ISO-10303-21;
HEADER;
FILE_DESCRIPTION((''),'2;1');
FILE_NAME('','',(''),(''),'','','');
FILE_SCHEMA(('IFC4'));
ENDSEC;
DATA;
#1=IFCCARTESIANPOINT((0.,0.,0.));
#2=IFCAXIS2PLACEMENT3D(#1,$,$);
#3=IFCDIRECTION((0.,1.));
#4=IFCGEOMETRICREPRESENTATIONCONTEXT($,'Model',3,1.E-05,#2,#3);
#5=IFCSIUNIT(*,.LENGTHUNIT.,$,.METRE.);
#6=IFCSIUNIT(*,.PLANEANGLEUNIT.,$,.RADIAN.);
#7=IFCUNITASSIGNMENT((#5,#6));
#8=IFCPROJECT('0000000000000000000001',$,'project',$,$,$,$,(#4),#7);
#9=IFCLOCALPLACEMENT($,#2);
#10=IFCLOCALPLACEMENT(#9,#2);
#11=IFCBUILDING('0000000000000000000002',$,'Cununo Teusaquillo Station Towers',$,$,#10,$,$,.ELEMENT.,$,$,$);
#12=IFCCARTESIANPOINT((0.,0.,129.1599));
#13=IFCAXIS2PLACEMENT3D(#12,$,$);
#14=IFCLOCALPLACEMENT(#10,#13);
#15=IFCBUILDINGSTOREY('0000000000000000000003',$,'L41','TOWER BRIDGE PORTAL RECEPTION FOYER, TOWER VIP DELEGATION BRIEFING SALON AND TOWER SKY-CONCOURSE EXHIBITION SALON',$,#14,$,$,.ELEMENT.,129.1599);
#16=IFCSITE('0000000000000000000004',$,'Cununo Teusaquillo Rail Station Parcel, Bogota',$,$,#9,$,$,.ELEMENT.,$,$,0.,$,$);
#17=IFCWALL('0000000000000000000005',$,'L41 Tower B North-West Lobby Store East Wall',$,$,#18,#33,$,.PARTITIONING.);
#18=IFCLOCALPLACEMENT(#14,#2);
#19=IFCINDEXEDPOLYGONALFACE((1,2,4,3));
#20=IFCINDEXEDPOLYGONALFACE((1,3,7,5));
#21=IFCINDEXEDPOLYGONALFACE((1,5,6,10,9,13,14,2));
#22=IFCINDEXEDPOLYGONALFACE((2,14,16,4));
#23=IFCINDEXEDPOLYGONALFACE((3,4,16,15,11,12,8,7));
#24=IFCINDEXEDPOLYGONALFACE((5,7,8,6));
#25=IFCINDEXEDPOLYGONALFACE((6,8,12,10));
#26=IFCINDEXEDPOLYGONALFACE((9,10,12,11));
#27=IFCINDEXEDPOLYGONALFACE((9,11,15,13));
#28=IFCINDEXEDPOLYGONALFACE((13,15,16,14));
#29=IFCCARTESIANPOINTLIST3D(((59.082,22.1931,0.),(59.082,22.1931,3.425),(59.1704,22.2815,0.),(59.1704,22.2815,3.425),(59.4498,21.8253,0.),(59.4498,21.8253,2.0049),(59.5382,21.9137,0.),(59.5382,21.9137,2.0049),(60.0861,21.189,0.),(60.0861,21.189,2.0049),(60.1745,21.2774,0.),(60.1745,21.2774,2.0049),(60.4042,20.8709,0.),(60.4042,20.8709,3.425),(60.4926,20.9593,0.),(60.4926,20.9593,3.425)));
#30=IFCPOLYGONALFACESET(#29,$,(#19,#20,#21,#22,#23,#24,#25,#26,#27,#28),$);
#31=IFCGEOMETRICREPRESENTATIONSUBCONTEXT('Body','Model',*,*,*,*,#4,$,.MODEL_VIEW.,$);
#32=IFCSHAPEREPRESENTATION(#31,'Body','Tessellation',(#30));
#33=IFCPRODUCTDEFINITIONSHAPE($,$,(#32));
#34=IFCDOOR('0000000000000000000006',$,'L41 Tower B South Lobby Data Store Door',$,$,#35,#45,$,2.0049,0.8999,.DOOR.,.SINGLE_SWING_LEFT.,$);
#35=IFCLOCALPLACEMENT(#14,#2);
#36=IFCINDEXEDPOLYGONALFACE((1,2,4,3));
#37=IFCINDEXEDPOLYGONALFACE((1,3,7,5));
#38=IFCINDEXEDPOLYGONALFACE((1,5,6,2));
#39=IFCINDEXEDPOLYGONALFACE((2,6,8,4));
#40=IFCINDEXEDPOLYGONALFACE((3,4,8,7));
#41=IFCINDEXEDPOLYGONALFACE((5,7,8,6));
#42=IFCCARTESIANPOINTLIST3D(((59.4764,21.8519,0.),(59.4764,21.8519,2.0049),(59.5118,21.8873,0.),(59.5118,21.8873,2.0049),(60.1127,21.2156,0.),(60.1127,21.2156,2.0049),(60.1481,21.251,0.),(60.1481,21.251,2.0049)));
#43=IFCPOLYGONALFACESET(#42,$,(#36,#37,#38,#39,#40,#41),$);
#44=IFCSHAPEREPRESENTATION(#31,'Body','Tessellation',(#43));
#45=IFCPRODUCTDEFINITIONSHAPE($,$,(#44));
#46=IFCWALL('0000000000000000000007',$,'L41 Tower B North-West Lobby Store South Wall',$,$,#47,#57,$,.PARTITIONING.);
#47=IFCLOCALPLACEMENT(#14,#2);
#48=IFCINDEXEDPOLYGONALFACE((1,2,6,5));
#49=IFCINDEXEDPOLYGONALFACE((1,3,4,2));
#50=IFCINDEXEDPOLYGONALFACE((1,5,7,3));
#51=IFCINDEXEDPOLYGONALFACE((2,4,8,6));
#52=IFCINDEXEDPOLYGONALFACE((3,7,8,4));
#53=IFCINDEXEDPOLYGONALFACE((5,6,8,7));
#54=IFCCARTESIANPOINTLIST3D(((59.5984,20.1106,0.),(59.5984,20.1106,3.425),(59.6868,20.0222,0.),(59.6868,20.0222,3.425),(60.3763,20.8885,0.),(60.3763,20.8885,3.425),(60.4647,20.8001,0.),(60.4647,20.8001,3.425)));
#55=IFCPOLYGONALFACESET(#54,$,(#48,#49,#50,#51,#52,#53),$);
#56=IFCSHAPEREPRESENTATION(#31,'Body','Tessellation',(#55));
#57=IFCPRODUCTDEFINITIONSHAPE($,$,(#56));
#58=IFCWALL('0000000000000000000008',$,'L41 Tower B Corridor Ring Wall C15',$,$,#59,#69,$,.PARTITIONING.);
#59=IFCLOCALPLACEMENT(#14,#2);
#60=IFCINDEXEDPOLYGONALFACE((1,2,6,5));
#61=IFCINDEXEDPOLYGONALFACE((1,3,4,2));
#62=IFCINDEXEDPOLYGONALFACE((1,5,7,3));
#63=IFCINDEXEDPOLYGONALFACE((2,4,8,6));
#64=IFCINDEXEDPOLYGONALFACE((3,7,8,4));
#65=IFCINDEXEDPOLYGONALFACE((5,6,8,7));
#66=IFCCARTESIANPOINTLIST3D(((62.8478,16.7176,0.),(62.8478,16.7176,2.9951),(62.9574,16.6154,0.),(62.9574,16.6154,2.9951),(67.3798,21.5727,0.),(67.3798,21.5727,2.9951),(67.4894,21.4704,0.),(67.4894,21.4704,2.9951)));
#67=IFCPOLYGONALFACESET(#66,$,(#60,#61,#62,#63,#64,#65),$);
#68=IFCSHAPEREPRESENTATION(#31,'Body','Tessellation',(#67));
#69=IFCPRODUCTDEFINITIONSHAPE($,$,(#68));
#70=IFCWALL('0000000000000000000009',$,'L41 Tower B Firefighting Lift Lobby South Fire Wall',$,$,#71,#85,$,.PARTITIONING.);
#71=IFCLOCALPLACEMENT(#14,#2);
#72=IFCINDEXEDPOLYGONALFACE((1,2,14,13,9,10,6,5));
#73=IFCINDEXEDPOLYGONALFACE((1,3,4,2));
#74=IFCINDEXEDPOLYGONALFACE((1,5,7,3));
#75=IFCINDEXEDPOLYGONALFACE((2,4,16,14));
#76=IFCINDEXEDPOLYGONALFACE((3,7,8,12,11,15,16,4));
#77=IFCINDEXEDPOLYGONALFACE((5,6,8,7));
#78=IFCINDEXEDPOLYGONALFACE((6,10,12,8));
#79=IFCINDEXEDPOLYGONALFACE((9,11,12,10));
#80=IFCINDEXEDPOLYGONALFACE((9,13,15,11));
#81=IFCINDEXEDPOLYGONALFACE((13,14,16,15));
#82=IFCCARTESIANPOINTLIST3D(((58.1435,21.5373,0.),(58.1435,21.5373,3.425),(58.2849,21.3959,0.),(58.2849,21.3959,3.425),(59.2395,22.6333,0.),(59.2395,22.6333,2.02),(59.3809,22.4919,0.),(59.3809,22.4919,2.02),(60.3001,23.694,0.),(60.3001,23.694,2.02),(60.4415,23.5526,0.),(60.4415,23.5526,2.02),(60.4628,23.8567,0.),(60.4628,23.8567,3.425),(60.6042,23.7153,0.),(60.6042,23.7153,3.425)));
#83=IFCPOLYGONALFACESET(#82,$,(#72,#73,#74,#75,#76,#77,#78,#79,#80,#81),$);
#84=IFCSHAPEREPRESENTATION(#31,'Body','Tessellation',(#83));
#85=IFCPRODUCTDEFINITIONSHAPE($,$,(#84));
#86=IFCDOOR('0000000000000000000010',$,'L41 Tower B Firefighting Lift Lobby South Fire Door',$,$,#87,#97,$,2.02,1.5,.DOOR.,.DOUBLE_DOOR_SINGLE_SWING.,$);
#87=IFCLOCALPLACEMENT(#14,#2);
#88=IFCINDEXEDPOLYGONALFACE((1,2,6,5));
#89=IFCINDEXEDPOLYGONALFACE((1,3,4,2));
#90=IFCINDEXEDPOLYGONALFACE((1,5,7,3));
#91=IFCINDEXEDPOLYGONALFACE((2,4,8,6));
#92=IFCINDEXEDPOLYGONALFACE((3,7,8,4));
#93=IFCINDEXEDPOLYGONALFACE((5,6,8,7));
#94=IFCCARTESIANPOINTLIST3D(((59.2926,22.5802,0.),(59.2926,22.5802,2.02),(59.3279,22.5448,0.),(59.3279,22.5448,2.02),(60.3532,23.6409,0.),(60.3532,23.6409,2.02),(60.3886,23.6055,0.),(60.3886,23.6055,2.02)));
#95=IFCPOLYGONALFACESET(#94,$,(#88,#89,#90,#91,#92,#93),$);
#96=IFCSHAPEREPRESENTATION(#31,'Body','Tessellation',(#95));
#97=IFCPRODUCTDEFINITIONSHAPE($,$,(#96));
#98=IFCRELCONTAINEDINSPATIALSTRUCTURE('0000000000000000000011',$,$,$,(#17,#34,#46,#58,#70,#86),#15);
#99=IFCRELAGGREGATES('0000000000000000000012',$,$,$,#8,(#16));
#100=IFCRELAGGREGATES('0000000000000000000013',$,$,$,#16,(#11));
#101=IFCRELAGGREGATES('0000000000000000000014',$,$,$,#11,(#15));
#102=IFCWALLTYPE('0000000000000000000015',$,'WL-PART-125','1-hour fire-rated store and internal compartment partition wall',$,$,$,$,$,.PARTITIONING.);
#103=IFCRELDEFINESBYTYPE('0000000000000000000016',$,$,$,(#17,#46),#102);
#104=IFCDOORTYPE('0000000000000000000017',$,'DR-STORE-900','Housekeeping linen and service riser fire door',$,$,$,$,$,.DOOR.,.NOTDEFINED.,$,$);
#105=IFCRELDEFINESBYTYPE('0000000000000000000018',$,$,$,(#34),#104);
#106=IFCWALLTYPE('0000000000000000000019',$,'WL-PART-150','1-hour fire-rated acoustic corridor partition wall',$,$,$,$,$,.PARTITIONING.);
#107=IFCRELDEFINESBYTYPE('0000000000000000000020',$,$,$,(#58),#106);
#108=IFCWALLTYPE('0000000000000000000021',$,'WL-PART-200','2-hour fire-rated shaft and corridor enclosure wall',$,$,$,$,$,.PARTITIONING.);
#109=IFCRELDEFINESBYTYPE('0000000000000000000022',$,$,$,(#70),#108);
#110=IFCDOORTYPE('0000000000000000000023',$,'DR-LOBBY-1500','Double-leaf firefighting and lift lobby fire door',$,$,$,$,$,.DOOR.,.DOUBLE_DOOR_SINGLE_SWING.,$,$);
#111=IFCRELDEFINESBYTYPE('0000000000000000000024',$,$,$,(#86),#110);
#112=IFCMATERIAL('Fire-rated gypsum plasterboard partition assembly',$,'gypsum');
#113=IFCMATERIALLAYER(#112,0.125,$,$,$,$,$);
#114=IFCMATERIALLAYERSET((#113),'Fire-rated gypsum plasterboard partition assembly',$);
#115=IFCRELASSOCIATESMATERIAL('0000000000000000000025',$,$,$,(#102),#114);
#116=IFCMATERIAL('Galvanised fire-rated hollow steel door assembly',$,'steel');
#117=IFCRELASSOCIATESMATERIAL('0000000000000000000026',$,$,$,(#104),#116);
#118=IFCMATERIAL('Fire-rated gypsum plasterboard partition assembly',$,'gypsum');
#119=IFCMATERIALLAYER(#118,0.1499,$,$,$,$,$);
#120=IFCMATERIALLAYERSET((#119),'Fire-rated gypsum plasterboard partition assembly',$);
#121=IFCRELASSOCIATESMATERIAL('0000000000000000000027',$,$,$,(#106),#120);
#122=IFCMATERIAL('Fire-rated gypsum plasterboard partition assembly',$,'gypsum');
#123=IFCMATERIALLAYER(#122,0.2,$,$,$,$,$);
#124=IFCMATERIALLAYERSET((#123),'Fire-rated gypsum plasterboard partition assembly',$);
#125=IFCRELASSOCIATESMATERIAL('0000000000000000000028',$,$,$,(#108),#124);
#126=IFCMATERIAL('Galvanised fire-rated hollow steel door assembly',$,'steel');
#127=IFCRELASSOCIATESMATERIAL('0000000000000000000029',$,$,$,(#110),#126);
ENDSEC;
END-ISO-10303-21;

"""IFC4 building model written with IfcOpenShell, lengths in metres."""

from ifc_helpers import new_model, si_unit, direction, frame, frame_2d, origin, place, context, subcontext, project, spatial, rectangle, extrude, source, transform, mapped, material, layer, layer_set, type_object, element, fill, save


model = new_model("IFC4")

# Units and contexts
model_context = context("Model", 3, precision=1e-05, world=origin(), true_north=direction((0.0, 1.0)))
body_context = subcontext(model_context, "Body", "Model", "MODEL_VIEW")
ifc_project = project(units=[si_unit("LENGTHUNIT", "METRE"), si_unit("PLANEANGLEUNIT", "RADIAN")], contexts=[model_context])

# Site, building, storey
site_placement = place(None, origin())
site = spatial("IfcSite", under=ifc_project, at=site_placement, Name="Cununo Teusaquillo Rail Station Parcel, Bogota", CompositionType="ELEMENT", RefElevation=0.0)
building_placement = place(site_placement, origin())
building = spatial("IfcBuilding", under=site, at=building_placement, Name="Cununo Teusaquillo Station Towers", CompositionType="ELEMENT")
storey_placement = place(building_placement, frame((0.0, 0.0, 129.1599)))
storey = spatial("IfcBuildingStorey", under=building, at=storey_placement, Name="L41", Description="TOWER BRIDGE PORTAL RECEPTION FOYER, TOWER VIP DELEGATION BRIEFING SALON AND TOWER SKY-CONCOURSE EXHIBITION SALON", CompositionType="ELEMENT", Elevation=129.1599)

# Wall, opening, door
ifc_material_1 = material(Name="Fire-rated gypsum plasterboard partition assembly", Category="gypsum")
ifc_layer_1 = layer(ifc_material_1, 0.125)
ifc_layer_set_1 = layer_set([ifc_layer_1], Name="Fire-rated gypsum plasterboard partition assembly")
wall_type_1 = type_object("IfcWallType", Name="WL-PART-125", Description="1-hour fire-rated store and internal compartment partition wall", PredefinedType="PARTITIONING", material=ifc_layer_set_1)
wall_1_placement = place(storey_placement, frame((60.4485, 20.915, 0.0), z_axis=(0.0, 0.0, 1.0), x_axis=(-0.707107, 0.707107, 0.0)))
wall_1 = element("IfcWall", 1, at=wall_1_placement, inside=storey, type_object=wall_type_1, Name="L41 Tower B North-West Lobby Store East Wall", PredefinedType="PARTITIONING", context=body_context, shape_type="SweptSolid", body=[
    extrude(rectangle(XDim=1.8699, YDim=0.125, at=frame_2d((0.9351, 0.0))), origin(), (0.0, 0.0, 1.0), 3.425),
])
shared_shape_1 = source(origin(), body_context, "Body", "SweptSolid", [
    extrude(rectangle(XDim=0.8999, YDim=2.0049, at=frame_2d((0.45, 1.0024))), frame((0.0, 0.0725, 0.0), z_axis=(0.0, -1.0, 0.0), x_axis=(1.0, 0.0, 0.0)), (0.0, 0.0, 1.0), 0.145),
])
opening_1_placement = place(wall_1_placement, frame((0.45, 0.0, 0.0)))
opening_1 = element("IfcOpeningElement", 2, at=opening_1_placement, cuts=wall_1, PredefinedType="OPENING", context=body_context, shape_type="MappedRepresentation", body=[
    mapped(shared_shape_1, transform((0.0, 0.0, 0.0), x_axis=(1.0, 0.0, 0.0), y_axis=(0.0, 1.0, 0.0), z_axis=(0.0, 0.0, 1.0), scale=1.0)),
])
ifc_material_2 = material(Name="Galvanised fire-rated hollow steel door assembly", Category="steel")
door_type_1 = type_object("IfcDoorType", Name="DR-STORE-900", Description="Housekeeping linen and service riser fire door", OperationType="NOTDEFINED", PredefinedType="DOOR", material=ifc_material_2)
shared_shape_2 = source(origin(), body_context, "Body", "SweptSolid", [
    extrude(rectangle(XDim=0.8999, YDim=2.0049, at=frame_2d((0.45, 1.0024))), frame((0.0, 0.0249, 0.0), z_axis=(0.0, -1.0, 0.0), x_axis=(1.0, 0.0, 0.0)), (0.0, 0.0, 1.0), 0.05),
])
door_1_placement = place(opening_1_placement, origin())
door_1 = element("IfcDoor", 3, at=door_1_placement, inside=storey, type_object=door_type_1, Name="L41 Tower B South Lobby Data Store Door", OperationType="SINGLE_SWING_LEFT", OverallHeight=2.0049, OverallWidth=0.8999, PredefinedType="DOOR", context=body_context, shape_type="MappedRepresentation", body=[
    mapped(shared_shape_2, transform((0.0, 0.0, 0.0), x_axis=(1.0, 0.0, 0.0), y_axis=(0.0, 1.0, 0.0), z_axis=(0.0, 0.0, 1.0), scale=1.0)),
])
fill(opening_1, door_1)

# Walls
wall_2_placement = place(storey_placement, frame((59.6426, 20.0664, 0.0), z_axis=(0.0, 0.0, 1.0), x_axis=(0.707107, 0.707107, 0.0)))
element("IfcWall", 4, at=wall_2_placement, inside=storey, type_object=wall_type_1, Name="L41 Tower B North-West Lobby Store South Wall", PredefinedType="PARTITIONING", context=body_context, shape_type="SweptSolid", body=[
    extrude(rectangle(XDim=1.1001, YDim=0.125, at=frame_2d((0.55, 0.0))), origin(), (0.0, 0.0, 1.0), 3.425),
])
ifc_material_3 = material(Name="Fire-rated gypsum plasterboard partition assembly", Category="gypsum")
ifc_layer_2 = layer(ifc_material_3, 0.1499)
ifc_layer_set_2 = layer_set([ifc_layer_2], Name="Fire-rated gypsum plasterboard partition assembly")
wall_type_2 = type_object("IfcWallType", Name="WL-PART-150", Description="1-hour fire-rated acoustic corridor partition wall", PredefinedType="PARTITIONING", material=ifc_layer_set_2)
wall_3_placement = place(storey_placement, frame((62.9026, 16.6665, 0.0), z_axis=(0.0, 0.0, 1.0), x_axis=(0.682372, 0.731005, 0.0)))
element("IfcWall", 5, at=wall_3_placement, inside=storey, type_object=wall_type_2, Name="L41 Tower B Corridor Ring Wall C15", PredefinedType="PARTITIONING", context=body_context, shape_type="SweptSolid", body=[
    extrude(rectangle(XDim=6.6416, YDim=0.1499, at=frame_2d((3.3208, 0.0))), origin(), (0.0, 0.0, 1.0), 2.9951),
])

# Wall, opening, door
ifc_material_4 = material(Name="Fire-rated gypsum plasterboard partition assembly", Category="gypsum")
ifc_layer_3 = layer(ifc_material_4, 0.2)
ifc_layer_set_3 = layer_set([ifc_layer_3], Name="Fire-rated gypsum plasterboard partition assembly")
wall_type_3 = type_object("IfcWallType", Name="WL-PART-200", Description="2-hour fire-rated shaft and corridor enclosure wall", PredefinedType="PARTITIONING", material=ifc_layer_set_3)
wall_4_placement = place(storey_placement, frame((58.2141, 21.4666, 0.0), z_axis=(0.0, 0.0, 1.0), x_axis=(0.707107, 0.707107, 0.0)))
wall_4 = element("IfcWall", 6, at=wall_4_placement, inside=storey, type_object=wall_type_3, Name="L41 Tower B Firefighting Lift Lobby South Fire Wall", PredefinedType="PARTITIONING", context=body_context, shape_type="SweptSolid", body=[
    extrude(rectangle(XDim=3.28, YDim=0.2, at=frame_2d((1.6401, 0.0))), origin(), (0.0, 0.0, 1.0), 3.425),
])
shared_shape_3 = source(origin(), body_context, "Body", "SweptSolid", [
    extrude(rectangle(XDim=1.5, YDim=2.02, at=frame_2d((0.75, 1.01))), frame((0.0, 0.1099, 0.0), z_axis=(0.0, -1.0, 0.0), x_axis=(1.0, 0.0, 0.0)), (0.0, 0.0, 1.0), 0.22),
])
opening_2_placement = place(wall_4_placement, frame((1.55, 0.0, 0.0)))
opening_2 = element("IfcOpeningElement", 7, at=opening_2_placement, cuts=wall_4, PredefinedType="OPENING", context=body_context, shape_type="MappedRepresentation", body=[
    mapped(shared_shape_3, transform((0.0, 0.0, 0.0), x_axis=(1.0, 0.0, 0.0), y_axis=(0.0, 1.0, 0.0), z_axis=(0.0, 0.0, 1.0), scale=1.0)),
])
ifc_material_5 = material(Name="Galvanised fire-rated hollow steel door assembly", Category="steel")
door_type_2 = type_object("IfcDoorType", Name="DR-LOBBY-1500", Description="Double-leaf firefighting and lift lobby fire door", OperationType="DOUBLE_DOOR_SINGLE_SWING", PredefinedType="DOOR", material=ifc_material_5)
shared_shape_4 = source(origin(), body_context, "Body", "SweptSolid", [
    extrude(rectangle(XDim=1.5, YDim=2.02, at=frame_2d((0.75, 1.01))), frame((0.0, 0.0249, 0.0), z_axis=(0.0, -1.0, 0.0), x_axis=(1.0, 0.0, 0.0)), (0.0, 0.0, 1.0), 0.05),
])
door_2_placement = place(opening_2_placement, origin())
door_2 = element("IfcDoor", 8, at=door_2_placement, inside=storey, type_object=door_type_2, Name="L41 Tower B Firefighting Lift Lobby South Fire Door", OperationType="DOUBLE_DOOR_SINGLE_SWING", OverallHeight=2.02, OverallWidth=1.5, PredefinedType="DOOR", context=body_context, shape_type="MappedRepresentation", body=[
    mapped(shared_shape_4, transform((0.0, 0.0, 0.0), x_axis=(1.0, 0.0, 0.0), y_axis=(0.0, 1.0, 0.0), z_axis=(0.0, 0.0, 1.0), scale=1.0)),
])
fill(opening_2, door_2)

save(model, "model.ifc")
